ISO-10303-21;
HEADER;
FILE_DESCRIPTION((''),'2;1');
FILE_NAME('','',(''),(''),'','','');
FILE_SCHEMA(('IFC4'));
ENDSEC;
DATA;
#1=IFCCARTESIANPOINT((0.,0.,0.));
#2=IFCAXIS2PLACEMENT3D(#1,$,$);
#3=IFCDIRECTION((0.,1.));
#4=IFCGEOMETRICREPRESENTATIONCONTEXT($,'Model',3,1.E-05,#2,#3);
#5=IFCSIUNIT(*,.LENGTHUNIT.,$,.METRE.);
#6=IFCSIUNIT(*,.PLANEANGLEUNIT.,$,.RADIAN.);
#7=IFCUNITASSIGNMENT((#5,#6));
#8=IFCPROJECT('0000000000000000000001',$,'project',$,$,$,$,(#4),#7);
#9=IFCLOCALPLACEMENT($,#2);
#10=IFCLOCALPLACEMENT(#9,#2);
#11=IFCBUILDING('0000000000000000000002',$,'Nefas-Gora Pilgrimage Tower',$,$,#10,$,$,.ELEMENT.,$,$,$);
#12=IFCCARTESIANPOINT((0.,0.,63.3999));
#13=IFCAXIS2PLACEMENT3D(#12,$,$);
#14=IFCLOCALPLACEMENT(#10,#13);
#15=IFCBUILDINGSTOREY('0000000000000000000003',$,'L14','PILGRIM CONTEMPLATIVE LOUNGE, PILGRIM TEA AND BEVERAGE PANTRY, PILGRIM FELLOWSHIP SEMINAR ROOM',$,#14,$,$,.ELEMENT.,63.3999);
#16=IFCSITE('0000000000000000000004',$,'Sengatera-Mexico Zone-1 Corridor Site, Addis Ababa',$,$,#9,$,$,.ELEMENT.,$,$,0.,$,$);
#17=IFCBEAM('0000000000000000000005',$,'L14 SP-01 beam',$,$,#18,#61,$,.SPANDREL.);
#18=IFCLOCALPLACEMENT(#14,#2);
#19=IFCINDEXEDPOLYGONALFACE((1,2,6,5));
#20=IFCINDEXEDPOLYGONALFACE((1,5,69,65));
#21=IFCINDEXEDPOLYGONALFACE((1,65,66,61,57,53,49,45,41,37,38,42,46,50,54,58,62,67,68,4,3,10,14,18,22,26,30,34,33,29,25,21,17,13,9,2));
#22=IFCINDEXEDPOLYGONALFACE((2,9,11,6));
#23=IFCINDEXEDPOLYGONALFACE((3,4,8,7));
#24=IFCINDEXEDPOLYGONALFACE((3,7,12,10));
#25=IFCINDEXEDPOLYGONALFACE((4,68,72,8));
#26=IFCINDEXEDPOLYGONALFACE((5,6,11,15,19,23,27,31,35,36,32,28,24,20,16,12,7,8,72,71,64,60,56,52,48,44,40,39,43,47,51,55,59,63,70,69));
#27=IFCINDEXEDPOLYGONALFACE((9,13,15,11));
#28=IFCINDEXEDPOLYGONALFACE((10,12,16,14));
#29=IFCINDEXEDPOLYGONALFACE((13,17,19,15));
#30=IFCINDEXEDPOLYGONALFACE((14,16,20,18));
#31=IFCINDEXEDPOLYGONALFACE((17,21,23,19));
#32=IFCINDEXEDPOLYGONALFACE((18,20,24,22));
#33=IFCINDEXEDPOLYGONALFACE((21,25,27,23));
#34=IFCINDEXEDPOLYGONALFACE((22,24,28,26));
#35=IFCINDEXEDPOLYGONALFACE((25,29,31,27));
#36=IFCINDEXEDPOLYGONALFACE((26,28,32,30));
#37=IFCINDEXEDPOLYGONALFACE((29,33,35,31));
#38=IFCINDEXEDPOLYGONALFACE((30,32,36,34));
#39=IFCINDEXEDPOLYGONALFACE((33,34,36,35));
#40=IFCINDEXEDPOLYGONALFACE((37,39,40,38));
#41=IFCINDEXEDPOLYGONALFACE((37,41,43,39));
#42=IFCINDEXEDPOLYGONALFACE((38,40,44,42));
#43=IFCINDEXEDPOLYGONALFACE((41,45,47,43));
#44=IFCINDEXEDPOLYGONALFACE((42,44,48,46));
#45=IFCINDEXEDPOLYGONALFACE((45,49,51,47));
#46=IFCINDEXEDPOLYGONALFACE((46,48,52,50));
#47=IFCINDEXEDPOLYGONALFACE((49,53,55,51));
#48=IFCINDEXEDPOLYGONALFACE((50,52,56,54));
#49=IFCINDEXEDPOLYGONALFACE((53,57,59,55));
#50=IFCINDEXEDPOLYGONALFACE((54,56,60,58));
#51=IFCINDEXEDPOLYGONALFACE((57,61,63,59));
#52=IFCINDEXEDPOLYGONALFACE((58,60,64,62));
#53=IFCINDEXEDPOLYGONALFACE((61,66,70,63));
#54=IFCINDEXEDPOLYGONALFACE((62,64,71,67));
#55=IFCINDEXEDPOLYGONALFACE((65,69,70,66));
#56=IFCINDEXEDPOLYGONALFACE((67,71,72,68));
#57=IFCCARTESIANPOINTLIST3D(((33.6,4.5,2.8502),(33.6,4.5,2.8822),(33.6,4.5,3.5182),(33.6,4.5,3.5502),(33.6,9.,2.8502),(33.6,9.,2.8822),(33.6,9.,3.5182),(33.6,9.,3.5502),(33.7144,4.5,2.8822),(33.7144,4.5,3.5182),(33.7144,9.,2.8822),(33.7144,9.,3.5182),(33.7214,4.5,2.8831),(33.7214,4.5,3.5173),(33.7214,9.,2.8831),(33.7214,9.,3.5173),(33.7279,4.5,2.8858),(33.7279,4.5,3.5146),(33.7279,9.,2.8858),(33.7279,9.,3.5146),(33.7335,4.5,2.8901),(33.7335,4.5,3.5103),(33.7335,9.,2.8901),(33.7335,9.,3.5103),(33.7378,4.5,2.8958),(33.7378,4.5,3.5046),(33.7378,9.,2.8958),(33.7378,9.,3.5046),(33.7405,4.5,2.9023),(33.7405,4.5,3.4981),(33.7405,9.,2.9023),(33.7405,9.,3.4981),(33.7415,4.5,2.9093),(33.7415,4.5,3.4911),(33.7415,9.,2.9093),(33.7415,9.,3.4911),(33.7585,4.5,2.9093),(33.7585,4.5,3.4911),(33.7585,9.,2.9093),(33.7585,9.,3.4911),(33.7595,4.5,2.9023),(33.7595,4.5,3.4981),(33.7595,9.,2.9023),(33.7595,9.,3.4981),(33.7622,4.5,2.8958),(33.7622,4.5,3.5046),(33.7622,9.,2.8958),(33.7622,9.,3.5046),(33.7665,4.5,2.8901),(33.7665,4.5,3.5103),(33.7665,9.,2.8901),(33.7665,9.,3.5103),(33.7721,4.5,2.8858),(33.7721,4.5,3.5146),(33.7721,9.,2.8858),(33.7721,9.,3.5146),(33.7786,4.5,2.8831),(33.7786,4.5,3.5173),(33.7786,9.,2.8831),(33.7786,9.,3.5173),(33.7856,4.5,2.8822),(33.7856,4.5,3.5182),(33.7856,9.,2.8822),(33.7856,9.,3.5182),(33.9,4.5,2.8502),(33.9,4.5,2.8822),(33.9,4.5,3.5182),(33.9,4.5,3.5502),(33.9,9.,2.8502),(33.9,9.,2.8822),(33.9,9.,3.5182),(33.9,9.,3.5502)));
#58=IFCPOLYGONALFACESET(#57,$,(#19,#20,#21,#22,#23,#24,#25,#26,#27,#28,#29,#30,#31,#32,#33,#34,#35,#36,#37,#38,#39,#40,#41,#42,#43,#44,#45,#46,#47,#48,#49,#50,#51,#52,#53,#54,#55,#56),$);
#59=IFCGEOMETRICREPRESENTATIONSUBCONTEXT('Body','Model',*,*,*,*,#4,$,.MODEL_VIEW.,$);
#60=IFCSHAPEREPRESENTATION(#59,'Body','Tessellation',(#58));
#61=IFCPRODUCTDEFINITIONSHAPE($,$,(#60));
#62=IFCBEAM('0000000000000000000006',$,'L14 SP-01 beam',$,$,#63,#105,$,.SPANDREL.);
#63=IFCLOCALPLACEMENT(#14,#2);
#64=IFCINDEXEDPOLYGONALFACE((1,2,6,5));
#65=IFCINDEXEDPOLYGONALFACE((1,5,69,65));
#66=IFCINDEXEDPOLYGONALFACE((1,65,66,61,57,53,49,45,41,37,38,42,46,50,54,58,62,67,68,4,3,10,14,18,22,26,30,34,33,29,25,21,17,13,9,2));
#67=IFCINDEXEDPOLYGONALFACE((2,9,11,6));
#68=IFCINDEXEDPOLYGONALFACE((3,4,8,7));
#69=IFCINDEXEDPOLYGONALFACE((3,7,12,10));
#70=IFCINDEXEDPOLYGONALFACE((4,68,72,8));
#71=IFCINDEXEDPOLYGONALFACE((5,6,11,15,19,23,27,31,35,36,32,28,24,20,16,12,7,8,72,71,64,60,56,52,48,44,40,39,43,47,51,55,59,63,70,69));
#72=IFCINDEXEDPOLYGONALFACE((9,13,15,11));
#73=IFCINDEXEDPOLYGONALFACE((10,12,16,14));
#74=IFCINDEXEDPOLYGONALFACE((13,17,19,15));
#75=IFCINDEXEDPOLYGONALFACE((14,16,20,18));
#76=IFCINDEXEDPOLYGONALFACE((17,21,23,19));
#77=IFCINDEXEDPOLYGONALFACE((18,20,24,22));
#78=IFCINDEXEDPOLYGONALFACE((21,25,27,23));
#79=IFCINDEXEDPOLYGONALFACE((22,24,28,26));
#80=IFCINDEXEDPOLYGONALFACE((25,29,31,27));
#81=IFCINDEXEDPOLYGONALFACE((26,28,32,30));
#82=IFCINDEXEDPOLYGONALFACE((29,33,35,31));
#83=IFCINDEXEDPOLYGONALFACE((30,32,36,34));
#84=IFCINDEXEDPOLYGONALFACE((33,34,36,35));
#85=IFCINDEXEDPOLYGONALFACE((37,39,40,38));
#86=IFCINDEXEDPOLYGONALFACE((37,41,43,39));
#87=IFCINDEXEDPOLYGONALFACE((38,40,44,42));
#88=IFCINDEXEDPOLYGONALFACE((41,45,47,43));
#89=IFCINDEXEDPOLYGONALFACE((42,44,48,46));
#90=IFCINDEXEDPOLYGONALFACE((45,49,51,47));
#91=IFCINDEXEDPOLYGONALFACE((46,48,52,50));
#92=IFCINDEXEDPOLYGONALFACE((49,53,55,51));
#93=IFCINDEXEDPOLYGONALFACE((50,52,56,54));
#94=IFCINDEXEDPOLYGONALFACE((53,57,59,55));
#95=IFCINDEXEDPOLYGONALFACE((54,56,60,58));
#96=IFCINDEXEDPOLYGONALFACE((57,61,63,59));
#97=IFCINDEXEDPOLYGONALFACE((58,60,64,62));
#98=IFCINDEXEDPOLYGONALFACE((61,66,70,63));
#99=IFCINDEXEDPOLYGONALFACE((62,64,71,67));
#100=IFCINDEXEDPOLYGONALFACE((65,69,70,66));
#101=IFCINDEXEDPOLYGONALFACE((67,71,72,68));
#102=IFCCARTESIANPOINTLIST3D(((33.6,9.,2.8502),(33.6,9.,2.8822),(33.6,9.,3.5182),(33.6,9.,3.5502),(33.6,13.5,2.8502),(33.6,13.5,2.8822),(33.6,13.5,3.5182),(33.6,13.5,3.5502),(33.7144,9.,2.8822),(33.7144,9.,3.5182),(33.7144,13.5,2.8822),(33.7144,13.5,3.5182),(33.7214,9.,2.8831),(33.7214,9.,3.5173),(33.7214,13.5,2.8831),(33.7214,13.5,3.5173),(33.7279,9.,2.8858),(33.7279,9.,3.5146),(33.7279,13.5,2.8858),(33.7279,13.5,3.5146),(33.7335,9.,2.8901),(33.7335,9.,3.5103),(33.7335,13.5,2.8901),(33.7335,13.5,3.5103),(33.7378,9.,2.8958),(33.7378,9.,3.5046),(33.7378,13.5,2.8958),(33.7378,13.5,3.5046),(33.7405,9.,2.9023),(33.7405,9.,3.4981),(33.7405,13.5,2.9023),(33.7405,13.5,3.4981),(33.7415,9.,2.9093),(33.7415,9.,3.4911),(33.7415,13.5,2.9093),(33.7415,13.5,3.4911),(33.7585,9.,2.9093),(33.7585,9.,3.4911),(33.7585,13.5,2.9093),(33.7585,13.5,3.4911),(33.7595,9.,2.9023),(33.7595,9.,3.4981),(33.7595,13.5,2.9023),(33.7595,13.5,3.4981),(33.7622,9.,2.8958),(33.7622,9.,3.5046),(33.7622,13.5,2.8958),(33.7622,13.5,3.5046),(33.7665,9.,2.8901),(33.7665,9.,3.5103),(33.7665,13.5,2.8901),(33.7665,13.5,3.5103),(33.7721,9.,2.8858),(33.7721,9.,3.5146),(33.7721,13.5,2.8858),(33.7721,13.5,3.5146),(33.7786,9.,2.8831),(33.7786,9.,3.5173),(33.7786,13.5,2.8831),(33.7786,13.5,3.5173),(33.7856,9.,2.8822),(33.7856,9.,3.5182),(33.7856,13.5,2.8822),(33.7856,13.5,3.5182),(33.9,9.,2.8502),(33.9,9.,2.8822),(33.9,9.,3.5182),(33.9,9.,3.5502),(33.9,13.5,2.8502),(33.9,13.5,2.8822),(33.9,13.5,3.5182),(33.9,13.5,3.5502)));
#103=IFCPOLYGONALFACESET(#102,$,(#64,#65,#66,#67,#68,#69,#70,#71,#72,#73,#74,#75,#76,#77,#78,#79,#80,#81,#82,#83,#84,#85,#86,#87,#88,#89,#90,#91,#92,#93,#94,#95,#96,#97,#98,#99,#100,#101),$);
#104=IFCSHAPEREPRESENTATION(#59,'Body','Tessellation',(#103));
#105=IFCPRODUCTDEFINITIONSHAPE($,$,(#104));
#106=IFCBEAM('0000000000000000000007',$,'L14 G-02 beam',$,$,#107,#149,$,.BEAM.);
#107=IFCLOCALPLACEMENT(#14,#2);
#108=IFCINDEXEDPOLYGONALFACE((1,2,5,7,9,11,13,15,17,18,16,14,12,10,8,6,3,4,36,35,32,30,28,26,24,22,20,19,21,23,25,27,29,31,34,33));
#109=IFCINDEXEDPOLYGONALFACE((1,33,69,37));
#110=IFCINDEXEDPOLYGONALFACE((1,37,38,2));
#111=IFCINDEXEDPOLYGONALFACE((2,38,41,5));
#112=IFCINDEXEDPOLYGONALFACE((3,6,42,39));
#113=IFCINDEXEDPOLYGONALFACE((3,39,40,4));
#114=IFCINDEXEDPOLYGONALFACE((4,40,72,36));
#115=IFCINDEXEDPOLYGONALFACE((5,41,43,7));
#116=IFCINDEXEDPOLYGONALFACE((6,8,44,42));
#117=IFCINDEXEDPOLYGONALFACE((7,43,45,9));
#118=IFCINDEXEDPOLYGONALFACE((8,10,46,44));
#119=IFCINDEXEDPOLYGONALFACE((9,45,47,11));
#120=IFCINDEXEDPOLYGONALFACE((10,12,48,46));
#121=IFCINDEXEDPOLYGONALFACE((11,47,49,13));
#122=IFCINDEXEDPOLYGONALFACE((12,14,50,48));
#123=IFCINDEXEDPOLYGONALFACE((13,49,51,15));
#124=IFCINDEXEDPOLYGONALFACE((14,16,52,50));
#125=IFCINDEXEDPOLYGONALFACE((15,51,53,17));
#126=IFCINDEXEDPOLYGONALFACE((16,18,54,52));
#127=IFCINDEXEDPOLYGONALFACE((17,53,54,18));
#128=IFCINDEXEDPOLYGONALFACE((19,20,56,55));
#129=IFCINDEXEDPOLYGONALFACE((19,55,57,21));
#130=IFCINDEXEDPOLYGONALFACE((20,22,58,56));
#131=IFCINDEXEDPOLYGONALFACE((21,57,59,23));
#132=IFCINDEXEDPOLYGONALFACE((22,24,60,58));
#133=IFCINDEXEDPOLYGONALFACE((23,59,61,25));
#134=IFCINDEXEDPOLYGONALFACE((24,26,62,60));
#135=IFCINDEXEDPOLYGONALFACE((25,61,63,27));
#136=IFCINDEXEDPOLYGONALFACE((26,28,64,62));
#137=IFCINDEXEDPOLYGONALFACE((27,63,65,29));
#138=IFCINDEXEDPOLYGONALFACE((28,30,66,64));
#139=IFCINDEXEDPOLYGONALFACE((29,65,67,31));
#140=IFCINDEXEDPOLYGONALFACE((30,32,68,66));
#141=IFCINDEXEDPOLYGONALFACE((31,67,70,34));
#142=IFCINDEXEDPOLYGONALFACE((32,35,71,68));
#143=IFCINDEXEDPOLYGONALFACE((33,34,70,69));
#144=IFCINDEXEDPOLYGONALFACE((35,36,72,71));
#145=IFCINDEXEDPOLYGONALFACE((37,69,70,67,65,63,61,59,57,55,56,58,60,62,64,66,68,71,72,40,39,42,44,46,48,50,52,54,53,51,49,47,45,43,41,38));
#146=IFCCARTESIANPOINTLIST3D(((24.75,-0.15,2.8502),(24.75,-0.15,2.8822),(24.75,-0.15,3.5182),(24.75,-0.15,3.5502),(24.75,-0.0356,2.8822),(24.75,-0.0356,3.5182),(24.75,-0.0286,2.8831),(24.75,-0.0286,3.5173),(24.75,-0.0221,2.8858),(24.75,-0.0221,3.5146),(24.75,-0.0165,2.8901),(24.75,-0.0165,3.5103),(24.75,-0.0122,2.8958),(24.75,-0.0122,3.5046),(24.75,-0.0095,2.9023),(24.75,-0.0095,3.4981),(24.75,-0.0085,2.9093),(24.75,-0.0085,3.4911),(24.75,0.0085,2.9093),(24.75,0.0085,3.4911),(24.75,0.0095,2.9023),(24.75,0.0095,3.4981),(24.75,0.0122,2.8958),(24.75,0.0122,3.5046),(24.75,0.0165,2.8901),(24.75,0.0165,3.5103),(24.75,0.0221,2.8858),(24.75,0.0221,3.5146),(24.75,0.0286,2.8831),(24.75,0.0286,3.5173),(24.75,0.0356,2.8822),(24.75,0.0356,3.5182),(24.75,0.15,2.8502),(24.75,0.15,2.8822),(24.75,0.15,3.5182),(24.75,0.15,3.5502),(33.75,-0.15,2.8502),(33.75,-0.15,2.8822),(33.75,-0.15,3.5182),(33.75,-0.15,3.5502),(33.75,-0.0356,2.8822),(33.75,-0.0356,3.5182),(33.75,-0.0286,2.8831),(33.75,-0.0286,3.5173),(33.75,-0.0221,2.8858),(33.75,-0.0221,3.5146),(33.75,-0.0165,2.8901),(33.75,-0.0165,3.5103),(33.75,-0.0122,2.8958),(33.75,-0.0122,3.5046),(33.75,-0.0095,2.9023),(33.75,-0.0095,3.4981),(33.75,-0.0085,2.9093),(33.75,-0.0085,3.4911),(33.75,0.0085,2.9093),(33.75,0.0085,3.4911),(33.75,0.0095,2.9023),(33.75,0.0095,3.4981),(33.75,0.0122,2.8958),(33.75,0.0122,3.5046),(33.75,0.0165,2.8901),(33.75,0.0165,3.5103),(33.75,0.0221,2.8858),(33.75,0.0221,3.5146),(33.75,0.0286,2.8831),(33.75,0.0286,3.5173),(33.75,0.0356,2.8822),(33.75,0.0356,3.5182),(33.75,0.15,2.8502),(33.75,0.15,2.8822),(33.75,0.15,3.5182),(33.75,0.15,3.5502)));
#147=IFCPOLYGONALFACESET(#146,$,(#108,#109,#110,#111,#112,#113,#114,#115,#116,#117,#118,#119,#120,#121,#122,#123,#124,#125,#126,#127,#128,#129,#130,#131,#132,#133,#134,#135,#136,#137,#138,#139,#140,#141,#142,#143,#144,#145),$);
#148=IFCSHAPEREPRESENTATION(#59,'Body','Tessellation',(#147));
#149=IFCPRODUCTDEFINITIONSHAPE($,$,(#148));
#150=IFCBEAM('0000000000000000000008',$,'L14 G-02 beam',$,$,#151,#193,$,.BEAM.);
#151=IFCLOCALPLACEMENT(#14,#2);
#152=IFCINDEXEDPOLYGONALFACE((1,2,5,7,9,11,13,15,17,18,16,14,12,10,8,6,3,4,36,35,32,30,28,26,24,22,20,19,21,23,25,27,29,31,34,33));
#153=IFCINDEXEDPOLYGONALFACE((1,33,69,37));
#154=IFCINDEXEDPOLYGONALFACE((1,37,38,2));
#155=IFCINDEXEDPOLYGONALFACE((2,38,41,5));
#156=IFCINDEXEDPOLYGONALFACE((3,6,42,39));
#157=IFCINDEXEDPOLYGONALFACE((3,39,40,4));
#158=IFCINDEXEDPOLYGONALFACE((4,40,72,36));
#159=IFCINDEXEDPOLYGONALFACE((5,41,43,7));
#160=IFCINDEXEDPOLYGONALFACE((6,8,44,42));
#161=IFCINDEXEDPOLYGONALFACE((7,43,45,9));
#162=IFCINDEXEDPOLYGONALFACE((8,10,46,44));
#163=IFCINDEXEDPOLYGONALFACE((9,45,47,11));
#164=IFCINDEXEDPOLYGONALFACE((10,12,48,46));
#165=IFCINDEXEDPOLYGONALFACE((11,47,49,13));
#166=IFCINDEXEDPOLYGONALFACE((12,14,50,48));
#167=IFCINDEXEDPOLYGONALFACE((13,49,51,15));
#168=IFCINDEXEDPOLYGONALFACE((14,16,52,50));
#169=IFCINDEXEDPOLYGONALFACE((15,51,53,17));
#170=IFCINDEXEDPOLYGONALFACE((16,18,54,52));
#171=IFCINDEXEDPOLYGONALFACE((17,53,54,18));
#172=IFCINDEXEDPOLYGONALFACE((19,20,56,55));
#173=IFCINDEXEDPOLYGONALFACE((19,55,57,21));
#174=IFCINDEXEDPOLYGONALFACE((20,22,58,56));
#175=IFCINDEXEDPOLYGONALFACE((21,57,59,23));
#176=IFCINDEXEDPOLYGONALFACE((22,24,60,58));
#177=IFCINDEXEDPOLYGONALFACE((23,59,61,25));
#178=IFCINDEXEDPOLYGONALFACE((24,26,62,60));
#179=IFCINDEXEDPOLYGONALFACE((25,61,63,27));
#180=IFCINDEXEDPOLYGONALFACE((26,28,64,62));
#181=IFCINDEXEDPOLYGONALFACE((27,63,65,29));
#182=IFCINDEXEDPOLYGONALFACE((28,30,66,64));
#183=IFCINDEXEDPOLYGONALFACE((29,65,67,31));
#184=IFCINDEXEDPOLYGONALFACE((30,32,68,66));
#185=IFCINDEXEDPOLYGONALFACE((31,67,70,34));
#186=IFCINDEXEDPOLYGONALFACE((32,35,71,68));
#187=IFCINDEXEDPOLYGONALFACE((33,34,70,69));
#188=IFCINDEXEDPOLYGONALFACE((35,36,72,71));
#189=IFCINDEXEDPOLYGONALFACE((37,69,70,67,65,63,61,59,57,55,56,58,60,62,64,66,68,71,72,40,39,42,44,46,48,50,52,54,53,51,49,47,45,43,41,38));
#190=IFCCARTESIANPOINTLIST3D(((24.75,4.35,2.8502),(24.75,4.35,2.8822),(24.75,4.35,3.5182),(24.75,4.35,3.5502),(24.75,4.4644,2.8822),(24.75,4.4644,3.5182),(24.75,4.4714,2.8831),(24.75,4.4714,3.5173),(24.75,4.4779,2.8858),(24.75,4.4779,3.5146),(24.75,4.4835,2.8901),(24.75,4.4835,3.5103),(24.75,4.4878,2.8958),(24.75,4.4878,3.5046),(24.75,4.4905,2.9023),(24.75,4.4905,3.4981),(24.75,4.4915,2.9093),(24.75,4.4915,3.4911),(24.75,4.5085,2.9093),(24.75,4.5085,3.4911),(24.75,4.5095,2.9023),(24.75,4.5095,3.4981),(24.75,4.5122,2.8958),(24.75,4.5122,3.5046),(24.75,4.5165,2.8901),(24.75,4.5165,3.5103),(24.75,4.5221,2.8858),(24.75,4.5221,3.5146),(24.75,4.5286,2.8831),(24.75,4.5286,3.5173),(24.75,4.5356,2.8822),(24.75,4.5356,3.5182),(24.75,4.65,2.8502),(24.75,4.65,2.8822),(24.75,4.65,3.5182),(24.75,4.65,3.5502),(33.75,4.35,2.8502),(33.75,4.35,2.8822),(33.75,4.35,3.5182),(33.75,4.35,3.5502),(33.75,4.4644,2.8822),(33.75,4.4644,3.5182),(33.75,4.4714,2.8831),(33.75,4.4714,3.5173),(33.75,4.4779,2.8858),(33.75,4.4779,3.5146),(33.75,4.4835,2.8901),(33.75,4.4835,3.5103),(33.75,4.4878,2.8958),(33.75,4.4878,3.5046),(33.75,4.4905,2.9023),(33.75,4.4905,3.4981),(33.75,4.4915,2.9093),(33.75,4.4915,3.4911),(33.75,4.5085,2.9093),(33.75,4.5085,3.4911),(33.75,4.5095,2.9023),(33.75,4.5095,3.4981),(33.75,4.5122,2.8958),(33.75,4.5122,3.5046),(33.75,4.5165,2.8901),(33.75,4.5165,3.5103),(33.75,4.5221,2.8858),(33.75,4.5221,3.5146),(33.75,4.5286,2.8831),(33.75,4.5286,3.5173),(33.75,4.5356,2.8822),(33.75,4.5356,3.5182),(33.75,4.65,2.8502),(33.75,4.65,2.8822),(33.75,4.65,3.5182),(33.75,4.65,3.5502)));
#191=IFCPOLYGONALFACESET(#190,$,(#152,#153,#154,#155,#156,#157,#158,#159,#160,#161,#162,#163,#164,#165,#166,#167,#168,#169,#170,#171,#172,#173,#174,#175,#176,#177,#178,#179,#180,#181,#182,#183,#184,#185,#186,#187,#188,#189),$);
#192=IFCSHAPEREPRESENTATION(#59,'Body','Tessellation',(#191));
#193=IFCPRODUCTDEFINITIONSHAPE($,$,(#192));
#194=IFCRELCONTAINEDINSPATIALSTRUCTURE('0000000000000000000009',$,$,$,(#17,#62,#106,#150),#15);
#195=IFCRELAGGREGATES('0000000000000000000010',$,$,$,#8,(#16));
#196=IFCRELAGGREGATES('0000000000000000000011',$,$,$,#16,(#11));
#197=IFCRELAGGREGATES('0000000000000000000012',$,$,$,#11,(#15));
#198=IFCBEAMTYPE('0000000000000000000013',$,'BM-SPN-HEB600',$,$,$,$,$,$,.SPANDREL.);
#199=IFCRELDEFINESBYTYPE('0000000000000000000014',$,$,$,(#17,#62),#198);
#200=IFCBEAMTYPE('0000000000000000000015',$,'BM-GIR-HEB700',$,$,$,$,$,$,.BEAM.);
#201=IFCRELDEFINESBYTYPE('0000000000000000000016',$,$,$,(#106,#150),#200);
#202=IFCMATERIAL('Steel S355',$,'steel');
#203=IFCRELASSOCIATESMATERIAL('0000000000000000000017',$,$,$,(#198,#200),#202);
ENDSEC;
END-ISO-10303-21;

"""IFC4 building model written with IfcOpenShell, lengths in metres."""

from ifc_helpers import new_model, si_unit, direction, frame, origin, origin_2d, place, context, subcontext, project, spatial, i_section, extrude, source, transform, mapped, material, material_profile, profile_set, type_object, element, save


model = new_model("IFC4")

# Units and contexts
model_context = context("Model", 3, precision=1e-05, world=origin(), true_north=direction((0.0, 1.0)))
body_context = subcontext(model_context, "Body", "Model", "MODEL_VIEW")
ifc_project = project(units=[si_unit("LENGTHUNIT", "METRE"), si_unit("PLANEANGLEUNIT", "RADIAN")], contexts=[model_context])

# Site, building, storey
site_placement = place(None, origin())
site = spatial("IfcSite", under=ifc_project, at=site_placement, Name="Sengatera-Mexico Zone-1 Corridor Site, Addis Ababa", CompositionType="ELEMENT", RefElevation=0.0)
building_placement = place(site_placement, origin())
building = spatial("IfcBuilding", under=site, at=building_placement, Name="Nefas-Gora Pilgrimage Tower", CompositionType="ELEMENT")
storey_placement = place(building_placement, frame((0.0, 0.0, 63.3999)))
storey = spatial("IfcBuildingStorey", under=building, at=storey_placement, Name="L14", Description="PILGRIM CONTEMPLATIVE LOUNGE, PILGRIM TEA AND BEVERAGE PANTRY, PILGRIM FELLOWSHIP SEMINAR ROOM", CompositionType="ELEMENT", Elevation=63.3999)

# Beams
ifc_material_1 = material(Name="Steel S355", Category="steel")
ifc_material_profile_1 = material_profile(ifc_material_1, i_section(OverallWidth=0.3, OverallDepth=0.7, WebThickness=0.0171, FlangeThickness=0.032, FilletRadius=0.0271, at=origin_2d()), Name="HEB 700")
ifc_profile_set_1 = profile_set([ifc_material_profile_1], Name="Steel S355")
beam_type_1 = type_object("IfcBeamType", Name="BM-SPN-HEB600", PredefinedType="SPANDREL", material=ifc_profile_set_1)
shared_shape_1 = source(origin(), body_context, "Body", "SweptSolid", [
    extrude(i_section(OverallWidth=0.3, OverallDepth=0.7, WebThickness=0.0171, FlangeThickness=0.032, FilletRadius=0.0271, at=origin_2d()), origin(), (0.0, 0.0, 1.0), 4.5),
])
for number, where, z_axis, x_axis, name in (
    (1, (33.75, 4.5, 3.2002), (0.0, 1.0, 0.0), (-1.0, 0.0, 0.0), "L14 SP-01 beam"),
    (2, (33.75, 9.0, 3.2002), (0.0, 1.0, 0.0), (-1.0, 0.0, 0.0), "L14 SP-01 beam"),
):
    element("IfcBeam", number, at=place(storey_placement, frame(where, z_axis=z_axis, x_axis=x_axis)), inside=storey, type_object=beam_type_1, Name=name, PredefinedType="SPANDREL", context=body_context, shape_type="MappedRepresentation", body=[
        mapped(shared_shape_1, transform((0.0, 0.0, 0.0), x_axis=(1.0, 0.0, 0.0), y_axis=(0.0, 1.0, 0.0), z_axis=(0.0, 0.0, 1.0), scale=1.0)),
    ])
ifc_material_profile_2 = material_profile(ifc_material_1, i_section(OverallWidth=0.3, OverallDepth=0.7, WebThickness=0.0171, FlangeThickness=0.032, FilletRadius=0.0271, at=origin_2d()), Name="HEB 700")
ifc_profile_set_2 = profile_set([ifc_material_profile_2], Name="Steel S355")
beam_type_2 = type_object("IfcBeamType", Name="BM-GIR-HEB700", PredefinedType="BEAM", material=ifc_profile_set_2)
shared_shape_2 = source(origin(), body_context, "Body", "SweptSolid", [
    extrude(i_section(OverallWidth=0.3, OverallDepth=0.7, WebThickness=0.0171, FlangeThickness=0.032, FilletRadius=0.0271, at=origin_2d()), origin(), (0.0, 0.0, 1.0), 9.0),
])
for number, where, z_axis, x_axis, name in (
    (3, (24.75, 0.0, 3.2002), (1.0, 0.0, 0.0), (0.0, 1.0, 0.0), "L14 G-02 beam"),
    (4, (24.75, 4.5, 3.2002), (1.0, 0.0, 0.0), (0.0, 1.0, 0.0), "L14 G-02 beam"),
):
    element("IfcBeam", number, at=place(storey_placement, frame(where, z_axis=z_axis, x_axis=x_axis)), inside=storey, type_object=beam_type_2, Name=name, PredefinedType="BEAM", context=body_context, shape_type="MappedRepresentation", body=[
        mapped(shared_shape_2, transform((0.0, 0.0, 0.0), x_axis=(1.0, 0.0, 0.0), y_axis=(0.0, 1.0, 0.0), z_axis=(0.0, 0.0, 1.0), scale=1.0)),
    ])

save(model, "model.ifc")
